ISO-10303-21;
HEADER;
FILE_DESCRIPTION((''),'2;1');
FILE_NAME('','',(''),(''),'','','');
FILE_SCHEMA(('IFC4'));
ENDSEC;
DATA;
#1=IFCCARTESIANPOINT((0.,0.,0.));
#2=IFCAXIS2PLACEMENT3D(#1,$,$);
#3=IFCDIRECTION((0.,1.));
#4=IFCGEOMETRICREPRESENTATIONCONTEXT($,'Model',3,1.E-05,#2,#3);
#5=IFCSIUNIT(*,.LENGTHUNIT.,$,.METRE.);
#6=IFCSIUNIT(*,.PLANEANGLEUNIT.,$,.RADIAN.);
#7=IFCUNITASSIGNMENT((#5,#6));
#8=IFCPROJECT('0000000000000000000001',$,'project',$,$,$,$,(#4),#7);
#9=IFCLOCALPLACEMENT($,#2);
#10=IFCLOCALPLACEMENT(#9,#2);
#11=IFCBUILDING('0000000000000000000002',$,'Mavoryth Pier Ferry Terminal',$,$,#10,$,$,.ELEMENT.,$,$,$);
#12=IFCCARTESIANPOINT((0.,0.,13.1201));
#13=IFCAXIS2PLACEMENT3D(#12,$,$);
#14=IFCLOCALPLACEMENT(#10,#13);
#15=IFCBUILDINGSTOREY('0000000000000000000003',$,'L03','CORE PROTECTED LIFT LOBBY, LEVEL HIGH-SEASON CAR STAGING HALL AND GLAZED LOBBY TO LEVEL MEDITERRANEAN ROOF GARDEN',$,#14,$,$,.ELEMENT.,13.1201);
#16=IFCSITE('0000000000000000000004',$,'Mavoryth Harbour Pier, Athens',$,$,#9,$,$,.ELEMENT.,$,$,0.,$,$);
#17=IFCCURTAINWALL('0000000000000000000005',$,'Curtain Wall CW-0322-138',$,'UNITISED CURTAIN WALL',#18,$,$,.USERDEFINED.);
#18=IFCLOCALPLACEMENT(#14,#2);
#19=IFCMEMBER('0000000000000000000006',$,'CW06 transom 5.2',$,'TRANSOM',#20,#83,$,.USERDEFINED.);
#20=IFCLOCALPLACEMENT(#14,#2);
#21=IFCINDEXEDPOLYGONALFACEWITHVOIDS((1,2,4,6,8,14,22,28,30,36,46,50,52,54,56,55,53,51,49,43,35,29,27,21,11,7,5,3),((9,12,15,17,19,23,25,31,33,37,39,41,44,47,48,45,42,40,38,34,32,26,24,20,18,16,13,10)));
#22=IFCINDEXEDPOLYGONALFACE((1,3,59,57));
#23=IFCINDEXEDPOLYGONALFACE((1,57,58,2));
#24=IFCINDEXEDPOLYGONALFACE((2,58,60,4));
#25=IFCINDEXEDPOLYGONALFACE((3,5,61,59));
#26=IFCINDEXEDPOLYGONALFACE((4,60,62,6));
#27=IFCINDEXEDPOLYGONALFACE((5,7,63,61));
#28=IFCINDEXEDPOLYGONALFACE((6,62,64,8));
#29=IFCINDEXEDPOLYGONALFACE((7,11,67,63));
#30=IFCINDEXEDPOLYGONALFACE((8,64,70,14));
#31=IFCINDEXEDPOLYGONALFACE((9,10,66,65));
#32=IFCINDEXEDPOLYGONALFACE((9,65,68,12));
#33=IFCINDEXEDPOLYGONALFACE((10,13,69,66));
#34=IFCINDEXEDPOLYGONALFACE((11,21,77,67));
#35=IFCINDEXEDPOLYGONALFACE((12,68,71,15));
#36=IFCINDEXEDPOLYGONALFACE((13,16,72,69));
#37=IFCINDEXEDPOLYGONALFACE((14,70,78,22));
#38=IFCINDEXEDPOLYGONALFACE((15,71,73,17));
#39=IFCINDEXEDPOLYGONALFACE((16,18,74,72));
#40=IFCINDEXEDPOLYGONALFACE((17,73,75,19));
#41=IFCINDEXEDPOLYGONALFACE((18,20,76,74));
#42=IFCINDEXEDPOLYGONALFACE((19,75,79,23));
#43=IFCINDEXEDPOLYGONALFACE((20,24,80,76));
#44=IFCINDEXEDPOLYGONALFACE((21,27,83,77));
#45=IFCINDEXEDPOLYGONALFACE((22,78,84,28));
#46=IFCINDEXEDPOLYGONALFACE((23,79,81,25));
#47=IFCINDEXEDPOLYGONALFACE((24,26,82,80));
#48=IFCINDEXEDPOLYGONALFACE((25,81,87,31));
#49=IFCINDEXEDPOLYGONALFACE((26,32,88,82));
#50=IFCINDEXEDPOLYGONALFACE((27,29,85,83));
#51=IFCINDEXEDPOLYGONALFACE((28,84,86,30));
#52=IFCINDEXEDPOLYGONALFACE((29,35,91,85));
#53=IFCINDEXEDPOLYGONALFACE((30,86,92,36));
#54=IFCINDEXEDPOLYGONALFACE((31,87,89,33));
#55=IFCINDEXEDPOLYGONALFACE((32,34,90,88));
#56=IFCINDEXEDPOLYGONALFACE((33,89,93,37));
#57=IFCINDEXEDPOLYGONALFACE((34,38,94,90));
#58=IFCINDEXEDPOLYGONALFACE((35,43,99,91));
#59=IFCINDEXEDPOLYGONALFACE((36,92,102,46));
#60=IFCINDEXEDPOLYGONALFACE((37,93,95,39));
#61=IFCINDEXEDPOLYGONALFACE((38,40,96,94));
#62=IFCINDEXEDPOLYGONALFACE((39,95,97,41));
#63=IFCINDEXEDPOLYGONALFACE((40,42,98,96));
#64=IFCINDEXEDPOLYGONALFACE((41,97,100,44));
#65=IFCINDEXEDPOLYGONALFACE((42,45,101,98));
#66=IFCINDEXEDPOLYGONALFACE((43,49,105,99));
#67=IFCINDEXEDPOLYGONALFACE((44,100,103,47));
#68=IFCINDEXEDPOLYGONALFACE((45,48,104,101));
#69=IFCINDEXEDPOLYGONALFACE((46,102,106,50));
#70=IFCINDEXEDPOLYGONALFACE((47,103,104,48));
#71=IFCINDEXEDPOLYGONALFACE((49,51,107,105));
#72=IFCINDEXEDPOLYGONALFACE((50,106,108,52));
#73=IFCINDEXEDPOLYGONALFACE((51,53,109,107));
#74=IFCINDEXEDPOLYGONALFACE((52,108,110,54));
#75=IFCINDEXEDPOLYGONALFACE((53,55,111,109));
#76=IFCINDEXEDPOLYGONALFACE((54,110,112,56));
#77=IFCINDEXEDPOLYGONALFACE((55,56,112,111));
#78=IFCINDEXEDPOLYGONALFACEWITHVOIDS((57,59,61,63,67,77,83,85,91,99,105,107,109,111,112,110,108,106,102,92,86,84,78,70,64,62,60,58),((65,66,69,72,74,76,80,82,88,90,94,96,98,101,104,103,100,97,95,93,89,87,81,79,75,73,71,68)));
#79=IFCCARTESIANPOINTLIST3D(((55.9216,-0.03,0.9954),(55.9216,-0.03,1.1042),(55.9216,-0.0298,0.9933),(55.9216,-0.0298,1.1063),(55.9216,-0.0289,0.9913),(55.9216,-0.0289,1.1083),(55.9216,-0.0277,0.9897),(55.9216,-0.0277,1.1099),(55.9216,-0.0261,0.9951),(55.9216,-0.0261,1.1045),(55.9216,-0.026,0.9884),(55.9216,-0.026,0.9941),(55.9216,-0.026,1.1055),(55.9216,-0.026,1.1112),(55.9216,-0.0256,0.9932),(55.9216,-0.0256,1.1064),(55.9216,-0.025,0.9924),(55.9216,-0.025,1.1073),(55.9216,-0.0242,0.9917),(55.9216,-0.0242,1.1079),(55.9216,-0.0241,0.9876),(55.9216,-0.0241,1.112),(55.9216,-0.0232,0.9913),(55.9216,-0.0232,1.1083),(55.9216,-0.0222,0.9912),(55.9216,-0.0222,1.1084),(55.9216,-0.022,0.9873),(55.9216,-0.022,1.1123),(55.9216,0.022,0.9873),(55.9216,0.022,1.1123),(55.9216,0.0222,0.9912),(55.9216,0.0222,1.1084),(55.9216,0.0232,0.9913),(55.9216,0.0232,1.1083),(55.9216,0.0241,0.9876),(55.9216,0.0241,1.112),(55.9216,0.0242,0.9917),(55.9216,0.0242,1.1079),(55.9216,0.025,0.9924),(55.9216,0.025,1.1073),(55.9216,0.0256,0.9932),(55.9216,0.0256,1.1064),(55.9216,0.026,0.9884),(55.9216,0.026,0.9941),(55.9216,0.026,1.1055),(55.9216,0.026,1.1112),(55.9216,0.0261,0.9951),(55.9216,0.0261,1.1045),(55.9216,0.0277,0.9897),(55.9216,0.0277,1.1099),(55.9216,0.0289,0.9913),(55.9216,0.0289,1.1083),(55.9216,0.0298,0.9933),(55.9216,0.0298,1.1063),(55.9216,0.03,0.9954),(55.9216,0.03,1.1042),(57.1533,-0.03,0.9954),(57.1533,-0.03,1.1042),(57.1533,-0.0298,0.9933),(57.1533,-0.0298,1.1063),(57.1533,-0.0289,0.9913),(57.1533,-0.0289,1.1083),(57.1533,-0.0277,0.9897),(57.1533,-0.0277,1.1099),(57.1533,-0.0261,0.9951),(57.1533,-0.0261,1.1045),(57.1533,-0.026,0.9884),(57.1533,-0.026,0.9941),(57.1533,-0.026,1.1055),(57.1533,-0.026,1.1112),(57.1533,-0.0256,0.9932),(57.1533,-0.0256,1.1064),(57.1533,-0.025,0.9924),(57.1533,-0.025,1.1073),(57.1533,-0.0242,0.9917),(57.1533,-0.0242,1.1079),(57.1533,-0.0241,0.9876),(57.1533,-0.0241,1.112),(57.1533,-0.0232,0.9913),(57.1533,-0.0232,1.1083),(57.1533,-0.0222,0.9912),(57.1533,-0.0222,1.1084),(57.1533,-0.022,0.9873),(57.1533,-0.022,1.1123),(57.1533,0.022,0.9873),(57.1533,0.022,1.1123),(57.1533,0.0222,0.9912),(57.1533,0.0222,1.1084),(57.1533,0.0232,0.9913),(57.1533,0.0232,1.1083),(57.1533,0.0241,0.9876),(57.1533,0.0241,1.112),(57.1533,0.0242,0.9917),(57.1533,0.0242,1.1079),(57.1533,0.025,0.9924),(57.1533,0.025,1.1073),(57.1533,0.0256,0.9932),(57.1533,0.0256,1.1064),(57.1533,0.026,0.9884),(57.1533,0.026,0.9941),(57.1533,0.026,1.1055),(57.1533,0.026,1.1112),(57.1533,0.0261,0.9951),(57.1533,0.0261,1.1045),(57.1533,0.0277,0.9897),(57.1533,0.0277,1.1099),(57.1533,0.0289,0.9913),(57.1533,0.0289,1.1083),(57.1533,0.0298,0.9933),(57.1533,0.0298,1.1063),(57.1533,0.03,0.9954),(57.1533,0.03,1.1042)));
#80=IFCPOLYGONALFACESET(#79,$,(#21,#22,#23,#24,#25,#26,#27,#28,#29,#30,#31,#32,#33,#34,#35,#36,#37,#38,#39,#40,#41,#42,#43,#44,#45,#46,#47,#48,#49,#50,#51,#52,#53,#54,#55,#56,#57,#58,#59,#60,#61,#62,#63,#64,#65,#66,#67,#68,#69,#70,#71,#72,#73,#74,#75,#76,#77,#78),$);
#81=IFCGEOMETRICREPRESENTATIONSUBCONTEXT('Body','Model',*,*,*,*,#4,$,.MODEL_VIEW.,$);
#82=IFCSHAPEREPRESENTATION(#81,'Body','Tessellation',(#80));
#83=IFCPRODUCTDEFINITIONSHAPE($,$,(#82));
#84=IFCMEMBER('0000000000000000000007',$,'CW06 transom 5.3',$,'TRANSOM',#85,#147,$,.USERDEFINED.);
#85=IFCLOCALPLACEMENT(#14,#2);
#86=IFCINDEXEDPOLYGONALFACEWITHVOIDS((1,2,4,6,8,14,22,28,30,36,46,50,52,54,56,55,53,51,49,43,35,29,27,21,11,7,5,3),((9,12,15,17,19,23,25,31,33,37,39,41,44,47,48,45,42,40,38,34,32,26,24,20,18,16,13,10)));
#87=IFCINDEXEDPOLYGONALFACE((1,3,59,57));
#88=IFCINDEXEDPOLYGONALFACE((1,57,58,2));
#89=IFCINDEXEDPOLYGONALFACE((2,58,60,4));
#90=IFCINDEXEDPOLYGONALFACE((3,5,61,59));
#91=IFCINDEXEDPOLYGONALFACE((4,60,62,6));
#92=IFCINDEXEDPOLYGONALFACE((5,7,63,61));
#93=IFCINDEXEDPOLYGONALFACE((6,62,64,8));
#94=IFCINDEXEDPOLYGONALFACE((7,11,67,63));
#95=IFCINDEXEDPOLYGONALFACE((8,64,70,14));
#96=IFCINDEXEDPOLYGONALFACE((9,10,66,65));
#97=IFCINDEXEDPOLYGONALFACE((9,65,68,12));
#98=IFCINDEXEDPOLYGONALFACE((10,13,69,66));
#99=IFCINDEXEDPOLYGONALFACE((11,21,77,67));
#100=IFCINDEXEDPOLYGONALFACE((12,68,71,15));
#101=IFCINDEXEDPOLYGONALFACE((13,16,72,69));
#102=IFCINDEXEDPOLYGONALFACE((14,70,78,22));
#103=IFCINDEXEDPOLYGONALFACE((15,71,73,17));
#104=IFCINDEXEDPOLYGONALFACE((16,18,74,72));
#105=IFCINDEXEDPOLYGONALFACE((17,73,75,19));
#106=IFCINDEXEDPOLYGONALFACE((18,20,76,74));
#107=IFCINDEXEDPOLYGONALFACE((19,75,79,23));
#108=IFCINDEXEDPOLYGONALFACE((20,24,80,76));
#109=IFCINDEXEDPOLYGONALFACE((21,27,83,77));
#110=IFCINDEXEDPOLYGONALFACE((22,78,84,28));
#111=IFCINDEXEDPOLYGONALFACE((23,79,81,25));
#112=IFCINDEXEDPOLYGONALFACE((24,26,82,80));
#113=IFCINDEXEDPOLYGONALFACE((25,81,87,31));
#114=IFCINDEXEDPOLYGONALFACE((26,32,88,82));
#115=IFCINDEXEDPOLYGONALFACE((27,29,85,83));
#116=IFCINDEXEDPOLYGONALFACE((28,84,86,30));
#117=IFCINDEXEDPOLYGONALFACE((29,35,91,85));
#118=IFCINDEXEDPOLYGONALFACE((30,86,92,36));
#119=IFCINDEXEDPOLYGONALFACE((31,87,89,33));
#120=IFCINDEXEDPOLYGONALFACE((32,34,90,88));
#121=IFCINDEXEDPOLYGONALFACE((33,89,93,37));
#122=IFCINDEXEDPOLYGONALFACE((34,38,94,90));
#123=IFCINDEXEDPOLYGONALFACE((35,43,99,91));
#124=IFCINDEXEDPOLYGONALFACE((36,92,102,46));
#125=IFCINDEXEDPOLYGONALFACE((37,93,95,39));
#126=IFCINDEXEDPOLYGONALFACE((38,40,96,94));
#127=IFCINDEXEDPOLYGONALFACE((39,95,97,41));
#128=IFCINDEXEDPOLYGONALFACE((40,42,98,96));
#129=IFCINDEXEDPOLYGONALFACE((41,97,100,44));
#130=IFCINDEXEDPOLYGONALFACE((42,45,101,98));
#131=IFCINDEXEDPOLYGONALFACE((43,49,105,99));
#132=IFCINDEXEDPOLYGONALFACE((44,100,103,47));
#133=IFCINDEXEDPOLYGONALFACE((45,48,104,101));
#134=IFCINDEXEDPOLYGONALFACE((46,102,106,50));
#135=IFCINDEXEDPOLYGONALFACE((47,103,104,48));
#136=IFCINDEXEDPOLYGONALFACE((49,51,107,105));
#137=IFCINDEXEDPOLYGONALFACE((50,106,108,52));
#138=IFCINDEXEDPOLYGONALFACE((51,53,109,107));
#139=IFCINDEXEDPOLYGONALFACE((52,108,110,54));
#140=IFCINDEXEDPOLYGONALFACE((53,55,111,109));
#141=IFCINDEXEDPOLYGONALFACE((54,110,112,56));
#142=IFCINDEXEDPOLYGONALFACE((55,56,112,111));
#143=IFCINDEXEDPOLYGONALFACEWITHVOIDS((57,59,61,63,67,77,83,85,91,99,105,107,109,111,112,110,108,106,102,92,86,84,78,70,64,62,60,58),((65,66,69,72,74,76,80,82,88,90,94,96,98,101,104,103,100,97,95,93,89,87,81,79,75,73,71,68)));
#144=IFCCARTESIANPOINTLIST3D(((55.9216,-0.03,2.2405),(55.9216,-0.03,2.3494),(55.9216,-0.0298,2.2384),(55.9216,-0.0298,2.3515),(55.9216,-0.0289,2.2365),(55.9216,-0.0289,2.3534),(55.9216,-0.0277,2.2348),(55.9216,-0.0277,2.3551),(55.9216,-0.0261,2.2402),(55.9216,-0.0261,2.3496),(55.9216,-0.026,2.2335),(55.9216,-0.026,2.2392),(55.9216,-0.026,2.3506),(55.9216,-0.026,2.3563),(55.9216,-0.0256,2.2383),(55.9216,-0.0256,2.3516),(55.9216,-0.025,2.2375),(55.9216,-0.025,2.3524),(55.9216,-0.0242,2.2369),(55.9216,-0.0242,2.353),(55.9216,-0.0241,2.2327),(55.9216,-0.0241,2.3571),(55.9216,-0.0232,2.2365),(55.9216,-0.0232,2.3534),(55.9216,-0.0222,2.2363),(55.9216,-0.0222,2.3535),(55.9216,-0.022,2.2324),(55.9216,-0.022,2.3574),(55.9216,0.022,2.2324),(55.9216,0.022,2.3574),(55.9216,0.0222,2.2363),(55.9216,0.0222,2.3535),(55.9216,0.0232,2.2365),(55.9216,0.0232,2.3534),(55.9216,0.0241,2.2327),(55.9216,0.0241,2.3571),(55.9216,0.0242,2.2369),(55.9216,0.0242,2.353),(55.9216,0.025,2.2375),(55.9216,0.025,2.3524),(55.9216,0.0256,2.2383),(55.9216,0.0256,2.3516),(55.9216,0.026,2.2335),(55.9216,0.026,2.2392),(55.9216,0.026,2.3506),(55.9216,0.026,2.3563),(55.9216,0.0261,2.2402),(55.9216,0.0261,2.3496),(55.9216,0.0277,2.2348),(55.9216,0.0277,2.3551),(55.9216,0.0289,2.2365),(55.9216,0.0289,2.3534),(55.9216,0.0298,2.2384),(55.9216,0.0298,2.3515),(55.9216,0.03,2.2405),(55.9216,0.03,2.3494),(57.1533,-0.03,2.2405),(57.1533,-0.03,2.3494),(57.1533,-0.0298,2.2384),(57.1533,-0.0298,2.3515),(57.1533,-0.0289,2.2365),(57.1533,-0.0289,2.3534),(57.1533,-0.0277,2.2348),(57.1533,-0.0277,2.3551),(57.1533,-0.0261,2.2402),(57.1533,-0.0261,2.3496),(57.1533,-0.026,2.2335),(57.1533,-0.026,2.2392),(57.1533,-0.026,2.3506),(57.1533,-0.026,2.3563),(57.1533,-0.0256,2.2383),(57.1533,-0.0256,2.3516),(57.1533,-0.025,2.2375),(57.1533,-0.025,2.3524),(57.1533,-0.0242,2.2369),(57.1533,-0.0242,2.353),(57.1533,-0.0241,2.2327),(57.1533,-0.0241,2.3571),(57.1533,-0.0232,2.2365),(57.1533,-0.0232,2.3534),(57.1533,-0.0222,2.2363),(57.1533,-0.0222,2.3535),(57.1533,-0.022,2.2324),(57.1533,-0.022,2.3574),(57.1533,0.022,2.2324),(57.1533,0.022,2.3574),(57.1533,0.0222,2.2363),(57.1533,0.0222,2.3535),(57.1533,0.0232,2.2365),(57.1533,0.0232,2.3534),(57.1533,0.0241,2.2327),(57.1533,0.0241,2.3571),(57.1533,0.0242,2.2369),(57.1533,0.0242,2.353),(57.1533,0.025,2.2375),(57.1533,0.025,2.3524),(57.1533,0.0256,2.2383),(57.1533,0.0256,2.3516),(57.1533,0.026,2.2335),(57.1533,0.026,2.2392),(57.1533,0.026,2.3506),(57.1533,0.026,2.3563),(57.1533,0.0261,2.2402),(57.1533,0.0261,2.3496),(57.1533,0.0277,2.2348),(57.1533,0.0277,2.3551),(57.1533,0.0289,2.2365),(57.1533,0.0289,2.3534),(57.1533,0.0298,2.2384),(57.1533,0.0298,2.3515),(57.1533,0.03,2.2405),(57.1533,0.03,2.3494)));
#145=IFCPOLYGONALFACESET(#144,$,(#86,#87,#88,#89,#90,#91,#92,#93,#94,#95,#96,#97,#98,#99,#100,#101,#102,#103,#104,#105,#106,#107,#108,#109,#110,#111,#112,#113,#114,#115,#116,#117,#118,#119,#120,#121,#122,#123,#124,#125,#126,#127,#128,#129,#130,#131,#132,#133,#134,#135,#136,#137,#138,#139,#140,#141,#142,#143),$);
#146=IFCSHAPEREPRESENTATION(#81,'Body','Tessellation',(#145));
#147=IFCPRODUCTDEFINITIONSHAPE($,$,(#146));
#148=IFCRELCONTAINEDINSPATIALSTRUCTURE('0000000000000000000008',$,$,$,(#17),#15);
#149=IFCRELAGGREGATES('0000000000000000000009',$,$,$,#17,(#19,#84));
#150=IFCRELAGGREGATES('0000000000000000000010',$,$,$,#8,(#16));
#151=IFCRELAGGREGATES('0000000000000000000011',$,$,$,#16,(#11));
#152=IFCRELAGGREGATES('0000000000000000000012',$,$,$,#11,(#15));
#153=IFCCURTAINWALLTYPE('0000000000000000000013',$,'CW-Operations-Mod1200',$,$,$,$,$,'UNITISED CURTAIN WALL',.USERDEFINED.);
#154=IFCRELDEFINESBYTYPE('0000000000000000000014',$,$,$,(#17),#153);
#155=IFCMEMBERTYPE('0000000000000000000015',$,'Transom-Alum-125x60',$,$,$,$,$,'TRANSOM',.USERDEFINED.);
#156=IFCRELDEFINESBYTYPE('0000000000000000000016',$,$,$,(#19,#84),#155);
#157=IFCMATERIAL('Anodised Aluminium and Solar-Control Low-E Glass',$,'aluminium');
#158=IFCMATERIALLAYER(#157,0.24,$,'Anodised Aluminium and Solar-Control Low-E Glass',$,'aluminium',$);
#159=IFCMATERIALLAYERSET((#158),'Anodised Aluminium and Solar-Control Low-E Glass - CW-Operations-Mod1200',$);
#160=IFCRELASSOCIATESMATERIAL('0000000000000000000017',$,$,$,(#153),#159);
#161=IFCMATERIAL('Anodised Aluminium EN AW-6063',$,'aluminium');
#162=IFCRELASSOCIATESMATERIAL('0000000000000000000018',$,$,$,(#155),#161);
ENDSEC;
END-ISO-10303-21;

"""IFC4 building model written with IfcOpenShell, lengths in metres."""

from ifc_helpers import new_model, si_unit, direction, frame, origin, origin_2d, place, context, subcontext, project, spatial, hollow_rectangle, extrude, material, layer, layer_set, material_profile, profile_set, type_object, element, aggregate, save


model = new_model("IFC4")

# Units and contexts
model_context = context("Model", 3, precision=1e-05, world=origin(), true_north=direction((0.0, 1.0)))
body_context = subcontext(model_context, "Body", "Model", "MODEL_VIEW")
ifc_project = project(units=[si_unit("LENGTHUNIT", "METRE"), si_unit("PLANEANGLEUNIT", "RADIAN")], contexts=[model_context])

# Site, building, storey
site_placement = place(None, origin())
site = spatial("IfcSite", under=ifc_project, at=site_placement, Name="Mavoryth Harbour Pier, Athens", CompositionType="ELEMENT", RefElevation=0.0)
building_placement = place(site_placement, origin())
building = spatial("IfcBuilding", under=site, at=building_placement, Name="Mavoryth Pier Ferry Terminal", CompositionType="ELEMENT")
storey_placement = place(building_placement, frame((0.0, 0.0, 13.1201)))
storey = spatial("IfcBuildingStorey", under=building, at=storey_placement, Name="L03", Description="CORE PROTECTED LIFT LOBBY, LEVEL HIGH-SEASON CAR STAGING HALL AND GLAZED LOBBY TO LEVEL MEDITERRANEAN ROOF GARDEN", CompositionType="ELEMENT", Elevation=13.1201)

# Curtain wall
ifc_material_1 = material(Name="Anodised Aluminium and Solar-Control Low-E Glass", Category="aluminium")
ifc_layer_1 = layer(ifc_material_1, 0.24, Name="Anodised Aluminium and Solar-Control Low-E Glass", Category="aluminium")
ifc_layer_set_1 = layer_set([ifc_layer_1], Name="Anodised Aluminium and Solar-Control Low-E Glass - CW-Operations-Mod1200")
curtain_wall_type = type_object("IfcCurtainWallType", Name="CW-Operations-Mod1200", ElementType="UNITISED CURTAIN WALL", PredefinedType="USERDEFINED", material=ifc_layer_set_1)
curtain_wall_1_placement = place(storey_placement, origin())
curtain_wall_1 = element("IfcCurtainWall", 1, at=curtain_wall_1_placement, inside=storey, type_object=curtain_wall_type, Name="Curtain Wall CW-0322-138", ObjectType="UNITISED CURTAIN WALL", PredefinedType="USERDEFINED")
ifc_material_2 = material(Name="Anodised Aluminium EN AW-6063", Category="aluminium")

# Members
ifc_material_profile_1 = material_profile(ifc_material_2, hollow_rectangle(XDim=0.0601, YDim=0.125, WallThickness=0.0039, InnerFilletRadius=0.0039, OuterFilletRadius=0.0081, at=origin_2d()), Name="AL-TRAN 125x60x4", Category="aluminium")
ifc_profile_set_1 = profile_set([ifc_material_profile_1], Name="Anodised Aluminium EN AW-6063 - AL-TRAN 125x60x4")
member_type_1 = type_object("IfcMemberType", Name="Transom-Alum-125x60", ElementType="TRANSOM", PredefinedType="USERDEFINED", material=ifc_profile_set_1)
member_1_placement = place(storey_placement, frame((55.9216, 0.0, 1.0498), z_axis=(1.0, 0.0, 0.0), x_axis=(0.0, 1.0, 0.0)))
member_1 = element("IfcMember", 2, at=member_1_placement, type_object=member_type_1, Name="CW06 transom 5.2", ObjectType="TRANSOM", PredefinedType="USERDEFINED", context=body_context, shape_type="SweptSolid", body=[
    extrude(hollow_rectangle(XDim=0.0601, YDim=0.125, WallThickness=0.0039, InnerFilletRadius=0.0039, OuterFilletRadius=0.0081, at=origin_2d()), origin(), (0.0, 0.0, 1.0), 1.2317),
])
member_2_placement = place(storey_placement, frame((55.9216, 0.0, 2.2949), z_axis=(1.0, 0.0, 0.0), x_axis=(0.0, 1.0, 0.0)))
member_2 = element("IfcMember", 3, at=member_2_placement, type_object=member_type_1, Name="CW06 transom 5.3", ObjectType="TRANSOM", PredefinedType="USERDEFINED", context=body_context, shape_type="SweptSolid", body=[
    extrude(hollow_rectangle(XDim=0.0601, YDim=0.125, WallThickness=0.0039, InnerFilletRadius=0.0039, OuterFilletRadius=0.0081, at=origin_2d()), origin(), (0.0, 0.0, 1.0), 1.2317),
])

aggregate(curtain_wall_1, [member_1, member_2])

save(model, "model.ifc")
